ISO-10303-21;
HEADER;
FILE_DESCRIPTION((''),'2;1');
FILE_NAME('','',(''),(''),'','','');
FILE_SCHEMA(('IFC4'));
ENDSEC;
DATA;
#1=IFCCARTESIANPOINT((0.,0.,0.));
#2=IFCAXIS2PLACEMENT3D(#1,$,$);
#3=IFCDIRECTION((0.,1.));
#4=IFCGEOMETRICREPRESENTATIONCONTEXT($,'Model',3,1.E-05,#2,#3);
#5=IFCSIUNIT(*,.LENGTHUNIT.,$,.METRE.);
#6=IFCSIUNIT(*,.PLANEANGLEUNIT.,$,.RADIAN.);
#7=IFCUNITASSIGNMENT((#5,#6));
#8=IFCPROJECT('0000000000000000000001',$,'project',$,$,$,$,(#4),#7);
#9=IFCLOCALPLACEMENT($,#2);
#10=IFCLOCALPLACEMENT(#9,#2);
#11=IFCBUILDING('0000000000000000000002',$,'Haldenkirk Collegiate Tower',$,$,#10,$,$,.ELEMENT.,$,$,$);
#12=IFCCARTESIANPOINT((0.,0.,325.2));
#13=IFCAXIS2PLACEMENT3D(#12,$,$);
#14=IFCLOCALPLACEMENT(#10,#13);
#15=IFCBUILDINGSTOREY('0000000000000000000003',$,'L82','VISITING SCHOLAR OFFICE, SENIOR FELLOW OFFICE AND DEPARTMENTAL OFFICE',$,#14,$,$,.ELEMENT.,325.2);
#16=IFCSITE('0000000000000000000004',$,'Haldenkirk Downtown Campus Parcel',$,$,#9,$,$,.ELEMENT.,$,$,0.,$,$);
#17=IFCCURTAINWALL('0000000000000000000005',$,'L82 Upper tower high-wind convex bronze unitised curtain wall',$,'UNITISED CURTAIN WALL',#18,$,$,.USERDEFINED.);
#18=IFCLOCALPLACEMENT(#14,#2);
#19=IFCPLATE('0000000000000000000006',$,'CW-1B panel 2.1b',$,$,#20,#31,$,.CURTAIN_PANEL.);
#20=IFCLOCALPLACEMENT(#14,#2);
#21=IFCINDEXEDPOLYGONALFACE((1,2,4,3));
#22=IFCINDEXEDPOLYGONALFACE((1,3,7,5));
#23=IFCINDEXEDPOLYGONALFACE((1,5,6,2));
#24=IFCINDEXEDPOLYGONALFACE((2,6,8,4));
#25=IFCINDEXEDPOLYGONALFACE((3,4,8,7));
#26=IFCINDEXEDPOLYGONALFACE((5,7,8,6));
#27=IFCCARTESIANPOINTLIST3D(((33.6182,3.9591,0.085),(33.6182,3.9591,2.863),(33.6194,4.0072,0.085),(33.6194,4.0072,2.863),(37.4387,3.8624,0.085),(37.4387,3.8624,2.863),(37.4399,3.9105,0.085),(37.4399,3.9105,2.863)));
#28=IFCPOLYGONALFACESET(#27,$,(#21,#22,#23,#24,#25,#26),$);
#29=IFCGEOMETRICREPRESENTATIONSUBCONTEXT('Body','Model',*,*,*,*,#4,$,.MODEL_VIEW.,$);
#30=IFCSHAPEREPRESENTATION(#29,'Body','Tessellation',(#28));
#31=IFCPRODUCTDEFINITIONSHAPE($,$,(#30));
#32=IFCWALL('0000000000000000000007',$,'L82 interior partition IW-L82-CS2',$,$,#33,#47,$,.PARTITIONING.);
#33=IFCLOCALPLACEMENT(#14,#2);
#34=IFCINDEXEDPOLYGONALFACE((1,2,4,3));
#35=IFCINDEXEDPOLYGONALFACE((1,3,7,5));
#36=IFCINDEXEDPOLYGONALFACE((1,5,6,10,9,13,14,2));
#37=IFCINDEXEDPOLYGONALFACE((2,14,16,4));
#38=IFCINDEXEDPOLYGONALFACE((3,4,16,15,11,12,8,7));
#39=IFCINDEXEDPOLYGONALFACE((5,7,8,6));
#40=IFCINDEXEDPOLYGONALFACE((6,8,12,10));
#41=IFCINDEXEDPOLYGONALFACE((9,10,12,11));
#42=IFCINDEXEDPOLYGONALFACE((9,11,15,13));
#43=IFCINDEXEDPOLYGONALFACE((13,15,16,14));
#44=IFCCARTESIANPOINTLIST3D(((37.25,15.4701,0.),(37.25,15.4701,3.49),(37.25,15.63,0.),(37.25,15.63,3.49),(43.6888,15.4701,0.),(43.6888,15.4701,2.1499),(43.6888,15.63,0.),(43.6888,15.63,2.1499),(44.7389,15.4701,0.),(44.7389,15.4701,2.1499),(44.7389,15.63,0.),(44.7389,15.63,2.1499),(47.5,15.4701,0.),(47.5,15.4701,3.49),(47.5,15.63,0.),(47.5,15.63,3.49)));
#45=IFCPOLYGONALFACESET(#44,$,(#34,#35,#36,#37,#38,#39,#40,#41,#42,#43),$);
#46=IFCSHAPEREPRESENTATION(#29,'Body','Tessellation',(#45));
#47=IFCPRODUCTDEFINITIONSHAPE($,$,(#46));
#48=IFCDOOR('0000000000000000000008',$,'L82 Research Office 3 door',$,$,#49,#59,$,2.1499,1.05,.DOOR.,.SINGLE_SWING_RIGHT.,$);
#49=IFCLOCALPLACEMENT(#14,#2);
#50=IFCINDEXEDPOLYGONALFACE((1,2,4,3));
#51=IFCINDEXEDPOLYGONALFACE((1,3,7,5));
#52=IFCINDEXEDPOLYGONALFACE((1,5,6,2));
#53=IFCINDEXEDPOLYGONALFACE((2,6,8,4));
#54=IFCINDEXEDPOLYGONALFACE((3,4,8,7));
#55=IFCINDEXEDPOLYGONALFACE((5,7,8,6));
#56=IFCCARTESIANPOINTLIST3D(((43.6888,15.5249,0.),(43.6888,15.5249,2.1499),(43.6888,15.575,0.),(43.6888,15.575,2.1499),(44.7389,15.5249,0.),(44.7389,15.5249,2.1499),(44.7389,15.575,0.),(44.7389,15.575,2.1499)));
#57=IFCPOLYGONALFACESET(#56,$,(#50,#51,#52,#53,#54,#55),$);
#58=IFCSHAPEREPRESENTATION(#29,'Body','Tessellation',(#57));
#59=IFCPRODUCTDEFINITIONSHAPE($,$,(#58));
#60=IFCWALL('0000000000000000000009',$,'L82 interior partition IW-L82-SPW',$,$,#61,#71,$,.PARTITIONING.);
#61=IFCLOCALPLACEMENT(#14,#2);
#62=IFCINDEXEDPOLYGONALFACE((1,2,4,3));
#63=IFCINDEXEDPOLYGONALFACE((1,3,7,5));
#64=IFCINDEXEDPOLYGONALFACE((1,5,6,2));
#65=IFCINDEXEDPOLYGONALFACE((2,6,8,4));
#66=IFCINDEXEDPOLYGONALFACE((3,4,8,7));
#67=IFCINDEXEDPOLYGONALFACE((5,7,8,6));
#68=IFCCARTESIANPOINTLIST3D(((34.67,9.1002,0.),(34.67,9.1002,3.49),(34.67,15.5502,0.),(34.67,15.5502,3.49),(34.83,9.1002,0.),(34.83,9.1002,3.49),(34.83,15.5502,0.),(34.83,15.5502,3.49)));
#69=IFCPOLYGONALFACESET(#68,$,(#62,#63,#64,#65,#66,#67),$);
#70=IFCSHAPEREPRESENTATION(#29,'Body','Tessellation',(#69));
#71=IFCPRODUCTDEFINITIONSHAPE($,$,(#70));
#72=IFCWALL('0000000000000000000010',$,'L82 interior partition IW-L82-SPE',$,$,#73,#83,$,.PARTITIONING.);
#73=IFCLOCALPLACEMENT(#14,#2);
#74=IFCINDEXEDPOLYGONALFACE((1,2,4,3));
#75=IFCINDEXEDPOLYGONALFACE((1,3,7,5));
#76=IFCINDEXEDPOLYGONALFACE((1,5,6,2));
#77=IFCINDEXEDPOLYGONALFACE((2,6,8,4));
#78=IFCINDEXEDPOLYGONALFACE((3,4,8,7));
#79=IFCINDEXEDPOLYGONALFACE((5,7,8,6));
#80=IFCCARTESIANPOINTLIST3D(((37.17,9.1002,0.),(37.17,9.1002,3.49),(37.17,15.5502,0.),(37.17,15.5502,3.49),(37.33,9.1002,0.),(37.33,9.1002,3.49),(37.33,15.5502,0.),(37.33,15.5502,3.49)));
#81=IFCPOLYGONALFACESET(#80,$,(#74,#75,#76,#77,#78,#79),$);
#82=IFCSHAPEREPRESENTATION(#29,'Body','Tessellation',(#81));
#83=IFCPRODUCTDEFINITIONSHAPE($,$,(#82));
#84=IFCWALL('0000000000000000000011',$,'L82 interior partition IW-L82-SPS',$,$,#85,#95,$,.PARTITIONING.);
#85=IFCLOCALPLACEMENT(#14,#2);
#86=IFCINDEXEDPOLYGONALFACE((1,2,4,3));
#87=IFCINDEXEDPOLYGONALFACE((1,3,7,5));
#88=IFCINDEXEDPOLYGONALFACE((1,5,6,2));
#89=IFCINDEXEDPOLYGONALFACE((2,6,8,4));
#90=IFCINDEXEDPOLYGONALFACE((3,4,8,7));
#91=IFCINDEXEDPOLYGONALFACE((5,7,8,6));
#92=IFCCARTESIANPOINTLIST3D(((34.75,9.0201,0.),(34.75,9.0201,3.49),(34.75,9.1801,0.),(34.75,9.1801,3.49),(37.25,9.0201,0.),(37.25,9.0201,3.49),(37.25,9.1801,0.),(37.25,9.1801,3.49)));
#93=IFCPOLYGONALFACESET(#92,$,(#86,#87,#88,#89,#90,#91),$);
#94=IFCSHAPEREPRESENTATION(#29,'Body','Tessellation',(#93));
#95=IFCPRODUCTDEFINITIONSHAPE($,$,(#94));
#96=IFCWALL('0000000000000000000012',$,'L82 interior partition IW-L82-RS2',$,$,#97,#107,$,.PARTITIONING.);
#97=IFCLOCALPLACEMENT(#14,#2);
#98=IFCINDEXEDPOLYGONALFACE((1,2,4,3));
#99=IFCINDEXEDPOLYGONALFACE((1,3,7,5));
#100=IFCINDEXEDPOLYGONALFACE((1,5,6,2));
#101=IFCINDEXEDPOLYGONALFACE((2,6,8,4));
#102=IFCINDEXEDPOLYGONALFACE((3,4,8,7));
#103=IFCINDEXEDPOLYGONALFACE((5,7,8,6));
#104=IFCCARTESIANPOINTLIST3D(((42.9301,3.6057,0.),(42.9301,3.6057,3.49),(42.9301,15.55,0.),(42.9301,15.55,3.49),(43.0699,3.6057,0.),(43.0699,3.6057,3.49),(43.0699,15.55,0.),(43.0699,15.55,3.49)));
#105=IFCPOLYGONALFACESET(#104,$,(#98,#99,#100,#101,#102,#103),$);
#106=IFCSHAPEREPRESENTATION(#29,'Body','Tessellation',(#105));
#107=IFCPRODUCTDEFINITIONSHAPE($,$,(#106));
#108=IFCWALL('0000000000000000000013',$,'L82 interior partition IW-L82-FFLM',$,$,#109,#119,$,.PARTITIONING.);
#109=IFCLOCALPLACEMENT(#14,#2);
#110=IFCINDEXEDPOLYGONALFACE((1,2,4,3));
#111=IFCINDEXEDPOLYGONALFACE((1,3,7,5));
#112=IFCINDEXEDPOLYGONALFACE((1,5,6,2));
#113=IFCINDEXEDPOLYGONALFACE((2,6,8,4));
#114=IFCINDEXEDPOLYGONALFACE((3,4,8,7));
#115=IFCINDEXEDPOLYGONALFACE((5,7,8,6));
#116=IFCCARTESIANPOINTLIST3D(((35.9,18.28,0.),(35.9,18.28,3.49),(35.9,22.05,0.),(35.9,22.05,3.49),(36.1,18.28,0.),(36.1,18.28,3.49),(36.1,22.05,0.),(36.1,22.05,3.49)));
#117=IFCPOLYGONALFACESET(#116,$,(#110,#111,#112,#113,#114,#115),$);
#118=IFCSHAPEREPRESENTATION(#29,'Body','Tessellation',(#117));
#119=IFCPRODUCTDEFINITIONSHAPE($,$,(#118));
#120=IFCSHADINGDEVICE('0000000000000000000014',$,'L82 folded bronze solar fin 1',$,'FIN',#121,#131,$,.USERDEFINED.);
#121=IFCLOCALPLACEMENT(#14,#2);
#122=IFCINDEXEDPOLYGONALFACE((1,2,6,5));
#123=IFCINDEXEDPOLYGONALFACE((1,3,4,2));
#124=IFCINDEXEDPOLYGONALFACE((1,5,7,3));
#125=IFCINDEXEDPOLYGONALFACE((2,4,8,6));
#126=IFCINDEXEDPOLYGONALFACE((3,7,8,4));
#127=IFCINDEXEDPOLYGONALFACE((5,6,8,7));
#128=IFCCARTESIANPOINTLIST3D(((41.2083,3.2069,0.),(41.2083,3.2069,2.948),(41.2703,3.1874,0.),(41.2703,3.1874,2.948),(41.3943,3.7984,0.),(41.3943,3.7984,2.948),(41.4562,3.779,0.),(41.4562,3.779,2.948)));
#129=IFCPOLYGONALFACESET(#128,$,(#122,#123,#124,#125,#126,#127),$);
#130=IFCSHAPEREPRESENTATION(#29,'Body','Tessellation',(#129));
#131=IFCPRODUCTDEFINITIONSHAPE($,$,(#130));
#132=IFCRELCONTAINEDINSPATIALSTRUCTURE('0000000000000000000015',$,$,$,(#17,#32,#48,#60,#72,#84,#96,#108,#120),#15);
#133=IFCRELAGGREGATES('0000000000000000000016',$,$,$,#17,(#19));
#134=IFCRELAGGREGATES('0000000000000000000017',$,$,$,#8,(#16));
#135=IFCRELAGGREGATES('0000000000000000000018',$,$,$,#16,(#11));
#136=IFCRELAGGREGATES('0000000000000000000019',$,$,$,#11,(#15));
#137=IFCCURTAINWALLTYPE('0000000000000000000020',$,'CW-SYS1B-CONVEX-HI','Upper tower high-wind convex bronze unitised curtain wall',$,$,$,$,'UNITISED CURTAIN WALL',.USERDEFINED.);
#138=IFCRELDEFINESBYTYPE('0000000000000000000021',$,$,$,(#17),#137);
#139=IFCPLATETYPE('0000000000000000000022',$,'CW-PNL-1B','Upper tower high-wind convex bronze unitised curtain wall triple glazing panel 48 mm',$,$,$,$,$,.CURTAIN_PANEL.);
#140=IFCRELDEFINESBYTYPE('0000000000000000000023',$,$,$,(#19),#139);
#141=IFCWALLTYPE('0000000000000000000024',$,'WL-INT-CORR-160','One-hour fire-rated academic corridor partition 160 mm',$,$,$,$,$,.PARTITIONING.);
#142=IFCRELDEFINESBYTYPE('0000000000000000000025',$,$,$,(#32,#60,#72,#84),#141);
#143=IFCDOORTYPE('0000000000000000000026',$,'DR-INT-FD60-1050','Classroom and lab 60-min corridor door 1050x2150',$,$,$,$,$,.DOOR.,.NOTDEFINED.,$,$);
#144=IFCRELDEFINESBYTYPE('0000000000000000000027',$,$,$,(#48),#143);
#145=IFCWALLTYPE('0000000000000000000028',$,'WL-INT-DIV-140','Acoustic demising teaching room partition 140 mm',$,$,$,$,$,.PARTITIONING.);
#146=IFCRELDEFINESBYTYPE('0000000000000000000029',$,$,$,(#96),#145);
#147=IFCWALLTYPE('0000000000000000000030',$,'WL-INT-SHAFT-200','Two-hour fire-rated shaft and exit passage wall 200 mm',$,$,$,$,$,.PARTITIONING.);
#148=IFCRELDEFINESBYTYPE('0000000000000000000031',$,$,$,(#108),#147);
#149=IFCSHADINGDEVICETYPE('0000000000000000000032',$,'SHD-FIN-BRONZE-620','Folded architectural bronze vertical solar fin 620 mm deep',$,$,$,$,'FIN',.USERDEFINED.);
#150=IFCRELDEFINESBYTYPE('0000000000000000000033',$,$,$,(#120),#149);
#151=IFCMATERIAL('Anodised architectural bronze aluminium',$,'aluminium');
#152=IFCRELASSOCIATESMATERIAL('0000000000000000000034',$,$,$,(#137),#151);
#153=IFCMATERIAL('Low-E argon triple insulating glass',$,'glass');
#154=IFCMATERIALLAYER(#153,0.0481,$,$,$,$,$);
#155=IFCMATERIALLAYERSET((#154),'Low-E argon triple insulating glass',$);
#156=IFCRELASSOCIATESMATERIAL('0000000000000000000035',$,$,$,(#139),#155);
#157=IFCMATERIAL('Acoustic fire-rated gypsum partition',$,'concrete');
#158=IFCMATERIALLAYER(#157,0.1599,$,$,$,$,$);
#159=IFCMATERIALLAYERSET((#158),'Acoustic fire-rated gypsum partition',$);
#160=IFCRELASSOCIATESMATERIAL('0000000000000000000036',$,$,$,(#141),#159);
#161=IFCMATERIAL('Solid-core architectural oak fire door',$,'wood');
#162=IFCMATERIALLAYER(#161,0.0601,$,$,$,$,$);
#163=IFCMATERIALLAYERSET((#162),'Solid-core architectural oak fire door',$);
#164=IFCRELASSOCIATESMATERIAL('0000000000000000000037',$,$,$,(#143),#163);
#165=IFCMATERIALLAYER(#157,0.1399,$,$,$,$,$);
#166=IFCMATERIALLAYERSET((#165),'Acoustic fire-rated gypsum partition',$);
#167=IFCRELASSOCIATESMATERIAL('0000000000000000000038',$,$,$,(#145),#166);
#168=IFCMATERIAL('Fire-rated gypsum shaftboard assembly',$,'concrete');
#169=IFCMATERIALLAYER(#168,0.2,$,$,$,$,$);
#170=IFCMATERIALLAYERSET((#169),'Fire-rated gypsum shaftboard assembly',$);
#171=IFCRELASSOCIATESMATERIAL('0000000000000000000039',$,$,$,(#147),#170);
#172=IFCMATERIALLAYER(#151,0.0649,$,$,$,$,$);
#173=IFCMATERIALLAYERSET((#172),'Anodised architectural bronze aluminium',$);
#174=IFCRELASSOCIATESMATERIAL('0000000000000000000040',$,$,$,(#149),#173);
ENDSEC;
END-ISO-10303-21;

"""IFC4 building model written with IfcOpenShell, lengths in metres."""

from ifc_helpers import new_model, si_unit, direction, frame, frame_2d, origin, origin_2d, place, context, subcontext, project, spatial, rectangle, extrude, source, transform, mapped, material, layer, layer_set, type_object, element, fill, aggregate, save


model = new_model("IFC4")

# Units and contexts
model_context = context("Model", 3, precision=1e-05, world=origin(), true_north=direction((0.0, 1.0)))
body_context = subcontext(model_context, "Body", "Model", "MODEL_VIEW")
ifc_project = project(units=[si_unit("LENGTHUNIT", "METRE"), si_unit("PLANEANGLEUNIT", "RADIAN")], contexts=[model_context])

# Site, building, storey
site_placement = place(None, origin())
site = spatial("IfcSite", under=ifc_project, at=site_placement, Name="Haldenkirk Downtown Campus Parcel", CompositionType="ELEMENT", RefElevation=0.0)
building_placement = place(site_placement, origin())
building = spatial("IfcBuilding", under=site, at=building_placement, Name="Haldenkirk Collegiate Tower", CompositionType="ELEMENT")
storey_placement = place(building_placement, frame((0.0, 0.0, 325.2)))
storey = spatial("IfcBuildingStorey", under=building, at=storey_placement, Name="L82", Description="VISITING SCHOLAR OFFICE, SENIOR FELLOW OFFICE AND DEPARTMENTAL OFFICE", CompositionType="ELEMENT", Elevation=325.2)

# Curtain wall, plate
ifc_material_1 = material(Name="Anodised architectural bronze aluminium", Category="aluminium")
curtain_wall_type = type_object("IfcCurtainWallType", Name="CW-SYS1B-CONVEX-HI", Description="Upper tower high-wind convex bronze unitised curtain wall", ElementType="UNITISED CURTAIN WALL", PredefinedType="USERDEFINED", material=ifc_material_1)
curtain_wall_placement = place(storey_placement, origin())
curtain_wall = element("IfcCurtainWall", 1, at=curtain_wall_placement, inside=storey, type_object=curtain_wall_type, Name="L82 Upper tower high-wind convex bronze unitised curtain wall", ObjectType="UNITISED CURTAIN WALL", PredefinedType="USERDEFINED")
ifc_material_2 = material(Name="Low-E argon triple insulating glass", Category="glass")
ifc_layer_1 = layer(ifc_material_2, 0.0481)
ifc_layer_set_1 = layer_set([ifc_layer_1], Name="Low-E argon triple insulating glass")
plate_type_1 = type_object("IfcPlateType", Name="CW-PNL-1B", Description="Upper tower high-wind convex bronze unitised curtain wall triple glazing panel 48 mm", PredefinedType="CURTAIN_PANEL", material=ifc_layer_set_1)
shared_shape_1 = source(origin(), body_context, "Body", "SweptSolid", [
    extrude(rectangle(XDim=3.8218, YDim=0.0481, at=origin_2d()), origin(), (0.0, 0.0, 1.0), 2.7781),
])
plate_1_placement = place(storey_placement, frame((35.5291, 3.9348, 0.085), z_axis=(0.0, 0.0, 1.0), x_axis=(-0.99968, 0.025302, 0.0)))
plate_1 = element("IfcPlate", 2, at=plate_1_placement, type_object=plate_type_1, Name="CW-1B panel 2.1b", PredefinedType="CURTAIN_PANEL", context=body_context, shape_type="MappedRepresentation", body=[
    mapped(shared_shape_1, transform((0.0, 0.0, 0.0), x_axis=(1.0, 0.0, 0.0), y_axis=(0.0, 1.0, 0.0), z_axis=(0.0, 0.0, 1.0), scale=1.0)),
])
aggregate(curtain_wall, [plate_1])

# Wall, opening, door
ifc_material_3 = material(Name="Acoustic fire-rated gypsum partition", Category="concrete")
ifc_layer_2 = layer(ifc_material_3, 0.1599)
ifc_layer_set_2 = layer_set([ifc_layer_2], Name="Acoustic fire-rated gypsum partition")
wall_type_1 = type_object("IfcWallType", Name="WL-INT-CORR-160", Description="One-hour fire-rated academic corridor partition 160 mm", PredefinedType="PARTITIONING", material=ifc_layer_set_2)
wall_1_placement = place(storey_placement, frame((37.25, 15.55, 0.0), z_axis=(0.0, 0.0, 1.0), x_axis=(1.0, 0.0, 0.0)))
wall_1 = element("IfcWall", 3, at=wall_1_placement, inside=storey, type_object=wall_type_1, Name="L82 interior partition IW-L82-CS2", PredefinedType="PARTITIONING", context=body_context, shape_type="SweptSolid", body=[
    extrude(rectangle(XDim=10.25, YDim=0.1599, at=frame_2d((5.125, 0.0))), origin(), (0.0, 0.0, 1.0), 3.49),
])
opening_placement = place(wall_1_placement, frame((6.439, 0.0, 0.0)))
opening = element("IfcOpeningElement", 4, at=opening_placement, cuts=wall_1, PredefinedType="OPENING", context=body_context, shape_type="SweptSolid", body=[
    extrude(rectangle(XDim=1.05, YDim=2.1499, at=frame_2d((0.5249, 1.075))), frame((0.0, 0.0898, 0.0), z_axis=(0.0, -1.0, 0.0), x_axis=(1.0, 0.0, 0.0)), (0.0, 0.0, 1.0), 0.1799),
])
ifc_material_4 = material(Name="Solid-core architectural oak fire door", Category="wood")
ifc_layer_3 = layer(ifc_material_4, 0.0601)
ifc_layer_set_3 = layer_set([ifc_layer_3], Name="Solid-core architectural oak fire door")
door_type = type_object("IfcDoorType", Name="DR-INT-FD60-1050", Description="Classroom and lab 60-min corridor door 1050x2150", OperationType="NOTDEFINED", PredefinedType="DOOR", material=ifc_layer_set_3)
door_placement = place(opening_placement, origin())
door = element("IfcDoor", 5, at=door_placement, inside=storey, type_object=door_type, Name="L82 Research Office 3 door", OperationType="SINGLE_SWING_RIGHT", OverallHeight=2.1499, OverallWidth=1.05, PredefinedType="DOOR", context=body_context, shape_type="SweptSolid", body=[
    extrude(rectangle(XDim=1.05, YDim=2.1499, at=frame_2d((0.5249, 1.075))), frame((0.0, 0.0249, 0.0), z_axis=(0.0, -1.0, 0.0), x_axis=(1.0, 0.0, 0.0)), (0.0, 0.0, 1.0), 0.05),
])
fill(opening, door)

# Walls
for number, where, z_axis, x_axis, name in (
    (6, (34.75, 9.1001, 0.0), (0.0, 0.0, 1.0), (0.0, 1.0, 0.0), "L82 interior partition IW-L82-SPW"),
    (7, (37.25, 9.1001, 0.0), (0.0, 0.0, 1.0), (0.0, 1.0, 0.0), "L82 interior partition IW-L82-SPE"),
):
    element("IfcWall", number, at=place(storey_placement, frame(where, z_axis=z_axis, x_axis=x_axis)), inside=storey, type_object=wall_type_1, Name=name, PredefinedType="PARTITIONING", context=body_context, shape_type="SweptSolid", body=[
        extrude(rectangle(XDim=6.45, YDim=0.1599, at=frame_2d((3.2251, 0.0))), origin(), (0.0, 0.0, 1.0), 3.49),
    ])
wall_2_placement = place(storey_placement, frame((34.75, 9.1001, 0.0), z_axis=(0.0, 0.0, 1.0), x_axis=(1.0, 0.0, 0.0)))
element("IfcWall", 8, at=wall_2_placement, inside=storey, type_object=wall_type_1, Name="L82 interior partition IW-L82-SPS", PredefinedType="PARTITIONING", context=body_context, shape_type="SweptSolid", body=[
    extrude(rectangle(XDim=2.5, YDim=0.1599, at=frame_2d((1.25, 0.0))), origin(), (0.0, 0.0, 1.0), 3.49),
])
ifc_layer_4 = layer(ifc_material_3, 0.1399)
ifc_layer_set_4 = layer_set([ifc_layer_4], Name="Acoustic fire-rated gypsum partition")
wall_type_2 = type_object("IfcWallType", Name="WL-INT-DIV-140", Description="Acoustic demising teaching room partition 140 mm", PredefinedType="PARTITIONING", material=ifc_layer_set_4)
wall_3_placement = place(storey_placement, frame((43.0, 3.6057, 0.0), z_axis=(0.0, 0.0, 1.0), x_axis=(0.0, 1.0, 0.0)))
element("IfcWall", 9, at=wall_3_placement, inside=storey, type_object=wall_type_2, Name="L82 interior partition IW-L82-RS2", PredefinedType="PARTITIONING", context=body_context, shape_type="SweptSolid", body=[
    extrude(rectangle(XDim=11.9443, YDim=0.1399, at=frame_2d((5.9722, 0.0))), origin(), (0.0, 0.0, 1.0), 3.49),
])
ifc_material_5 = material(Name="Fire-rated gypsum shaftboard assembly", Category="concrete")
ifc_layer_5 = layer(ifc_material_5, 0.2)
ifc_layer_set_5 = layer_set([ifc_layer_5], Name="Fire-rated gypsum shaftboard assembly")
wall_type_3 = type_object("IfcWallType", Name="WL-INT-SHAFT-200", Description="Two-hour fire-rated shaft and exit passage wall 200 mm", PredefinedType="PARTITIONING", material=ifc_layer_set_5)
wall_4_placement = place(storey_placement, frame((36.0, 18.28, 0.0), z_axis=(0.0, 0.0, 1.0), x_axis=(0.0, 1.0, 0.0)))
element("IfcWall", 10, at=wall_4_placement, inside=storey, type_object=wall_type_3, Name="L82 interior partition IW-L82-FFLM", PredefinedType="PARTITIONING", context=body_context, shape_type="SweptSolid", body=[
    extrude(rectangle(XDim=3.77, YDim=0.2, at=frame_2d((1.885, 0.0))), origin(), (0.0, 0.0, 1.0), 3.49),
])

# Shading device
ifc_layer_6 = layer(ifc_material_1, 0.0649)
ifc_layer_set_6 = layer_set([ifc_layer_6], Name="Anodised architectural bronze aluminium")
shading_device_type = type_object("IfcShadingDeviceType", Name="SHD-FIN-BRONZE-620", Description="Folded architectural bronze vertical solar fin 620 mm deep", ElementType="FIN", PredefinedType="USERDEFINED", material=ifc_layer_set_6)
shared_shape_2 = source(origin(), body_context, "Body", "SweptSolid", [
    extrude(rectangle(XDim=0.6201, YDim=0.0649, at=origin_2d()), origin(), (0.0, 0.0, 1.0), 2.948),
])
shading_device_placement = place(storey_placement, frame((41.3323, 3.4929, 0.0), z_axis=(0.0, 0.0, 1.0), x_axis=(-0.299873, -0.953979, 0.0)))
element("IfcShadingDevice", 11, at=shading_device_placement, inside=storey, type_object=shading_device_type, Name="L82 folded bronze solar fin 1", ObjectType="FIN", PredefinedType="USERDEFINED", context=body_context, shape_type="MappedRepresentation", body=[
    mapped(shared_shape_2, transform((0.0, 0.0, 0.0), x_axis=(1.0, 0.0, 0.0), y_axis=(0.0, 1.0, 0.0), z_axis=(0.0, 0.0, 1.0), scale=1.0)),
])

save(model, "model.ifc")
